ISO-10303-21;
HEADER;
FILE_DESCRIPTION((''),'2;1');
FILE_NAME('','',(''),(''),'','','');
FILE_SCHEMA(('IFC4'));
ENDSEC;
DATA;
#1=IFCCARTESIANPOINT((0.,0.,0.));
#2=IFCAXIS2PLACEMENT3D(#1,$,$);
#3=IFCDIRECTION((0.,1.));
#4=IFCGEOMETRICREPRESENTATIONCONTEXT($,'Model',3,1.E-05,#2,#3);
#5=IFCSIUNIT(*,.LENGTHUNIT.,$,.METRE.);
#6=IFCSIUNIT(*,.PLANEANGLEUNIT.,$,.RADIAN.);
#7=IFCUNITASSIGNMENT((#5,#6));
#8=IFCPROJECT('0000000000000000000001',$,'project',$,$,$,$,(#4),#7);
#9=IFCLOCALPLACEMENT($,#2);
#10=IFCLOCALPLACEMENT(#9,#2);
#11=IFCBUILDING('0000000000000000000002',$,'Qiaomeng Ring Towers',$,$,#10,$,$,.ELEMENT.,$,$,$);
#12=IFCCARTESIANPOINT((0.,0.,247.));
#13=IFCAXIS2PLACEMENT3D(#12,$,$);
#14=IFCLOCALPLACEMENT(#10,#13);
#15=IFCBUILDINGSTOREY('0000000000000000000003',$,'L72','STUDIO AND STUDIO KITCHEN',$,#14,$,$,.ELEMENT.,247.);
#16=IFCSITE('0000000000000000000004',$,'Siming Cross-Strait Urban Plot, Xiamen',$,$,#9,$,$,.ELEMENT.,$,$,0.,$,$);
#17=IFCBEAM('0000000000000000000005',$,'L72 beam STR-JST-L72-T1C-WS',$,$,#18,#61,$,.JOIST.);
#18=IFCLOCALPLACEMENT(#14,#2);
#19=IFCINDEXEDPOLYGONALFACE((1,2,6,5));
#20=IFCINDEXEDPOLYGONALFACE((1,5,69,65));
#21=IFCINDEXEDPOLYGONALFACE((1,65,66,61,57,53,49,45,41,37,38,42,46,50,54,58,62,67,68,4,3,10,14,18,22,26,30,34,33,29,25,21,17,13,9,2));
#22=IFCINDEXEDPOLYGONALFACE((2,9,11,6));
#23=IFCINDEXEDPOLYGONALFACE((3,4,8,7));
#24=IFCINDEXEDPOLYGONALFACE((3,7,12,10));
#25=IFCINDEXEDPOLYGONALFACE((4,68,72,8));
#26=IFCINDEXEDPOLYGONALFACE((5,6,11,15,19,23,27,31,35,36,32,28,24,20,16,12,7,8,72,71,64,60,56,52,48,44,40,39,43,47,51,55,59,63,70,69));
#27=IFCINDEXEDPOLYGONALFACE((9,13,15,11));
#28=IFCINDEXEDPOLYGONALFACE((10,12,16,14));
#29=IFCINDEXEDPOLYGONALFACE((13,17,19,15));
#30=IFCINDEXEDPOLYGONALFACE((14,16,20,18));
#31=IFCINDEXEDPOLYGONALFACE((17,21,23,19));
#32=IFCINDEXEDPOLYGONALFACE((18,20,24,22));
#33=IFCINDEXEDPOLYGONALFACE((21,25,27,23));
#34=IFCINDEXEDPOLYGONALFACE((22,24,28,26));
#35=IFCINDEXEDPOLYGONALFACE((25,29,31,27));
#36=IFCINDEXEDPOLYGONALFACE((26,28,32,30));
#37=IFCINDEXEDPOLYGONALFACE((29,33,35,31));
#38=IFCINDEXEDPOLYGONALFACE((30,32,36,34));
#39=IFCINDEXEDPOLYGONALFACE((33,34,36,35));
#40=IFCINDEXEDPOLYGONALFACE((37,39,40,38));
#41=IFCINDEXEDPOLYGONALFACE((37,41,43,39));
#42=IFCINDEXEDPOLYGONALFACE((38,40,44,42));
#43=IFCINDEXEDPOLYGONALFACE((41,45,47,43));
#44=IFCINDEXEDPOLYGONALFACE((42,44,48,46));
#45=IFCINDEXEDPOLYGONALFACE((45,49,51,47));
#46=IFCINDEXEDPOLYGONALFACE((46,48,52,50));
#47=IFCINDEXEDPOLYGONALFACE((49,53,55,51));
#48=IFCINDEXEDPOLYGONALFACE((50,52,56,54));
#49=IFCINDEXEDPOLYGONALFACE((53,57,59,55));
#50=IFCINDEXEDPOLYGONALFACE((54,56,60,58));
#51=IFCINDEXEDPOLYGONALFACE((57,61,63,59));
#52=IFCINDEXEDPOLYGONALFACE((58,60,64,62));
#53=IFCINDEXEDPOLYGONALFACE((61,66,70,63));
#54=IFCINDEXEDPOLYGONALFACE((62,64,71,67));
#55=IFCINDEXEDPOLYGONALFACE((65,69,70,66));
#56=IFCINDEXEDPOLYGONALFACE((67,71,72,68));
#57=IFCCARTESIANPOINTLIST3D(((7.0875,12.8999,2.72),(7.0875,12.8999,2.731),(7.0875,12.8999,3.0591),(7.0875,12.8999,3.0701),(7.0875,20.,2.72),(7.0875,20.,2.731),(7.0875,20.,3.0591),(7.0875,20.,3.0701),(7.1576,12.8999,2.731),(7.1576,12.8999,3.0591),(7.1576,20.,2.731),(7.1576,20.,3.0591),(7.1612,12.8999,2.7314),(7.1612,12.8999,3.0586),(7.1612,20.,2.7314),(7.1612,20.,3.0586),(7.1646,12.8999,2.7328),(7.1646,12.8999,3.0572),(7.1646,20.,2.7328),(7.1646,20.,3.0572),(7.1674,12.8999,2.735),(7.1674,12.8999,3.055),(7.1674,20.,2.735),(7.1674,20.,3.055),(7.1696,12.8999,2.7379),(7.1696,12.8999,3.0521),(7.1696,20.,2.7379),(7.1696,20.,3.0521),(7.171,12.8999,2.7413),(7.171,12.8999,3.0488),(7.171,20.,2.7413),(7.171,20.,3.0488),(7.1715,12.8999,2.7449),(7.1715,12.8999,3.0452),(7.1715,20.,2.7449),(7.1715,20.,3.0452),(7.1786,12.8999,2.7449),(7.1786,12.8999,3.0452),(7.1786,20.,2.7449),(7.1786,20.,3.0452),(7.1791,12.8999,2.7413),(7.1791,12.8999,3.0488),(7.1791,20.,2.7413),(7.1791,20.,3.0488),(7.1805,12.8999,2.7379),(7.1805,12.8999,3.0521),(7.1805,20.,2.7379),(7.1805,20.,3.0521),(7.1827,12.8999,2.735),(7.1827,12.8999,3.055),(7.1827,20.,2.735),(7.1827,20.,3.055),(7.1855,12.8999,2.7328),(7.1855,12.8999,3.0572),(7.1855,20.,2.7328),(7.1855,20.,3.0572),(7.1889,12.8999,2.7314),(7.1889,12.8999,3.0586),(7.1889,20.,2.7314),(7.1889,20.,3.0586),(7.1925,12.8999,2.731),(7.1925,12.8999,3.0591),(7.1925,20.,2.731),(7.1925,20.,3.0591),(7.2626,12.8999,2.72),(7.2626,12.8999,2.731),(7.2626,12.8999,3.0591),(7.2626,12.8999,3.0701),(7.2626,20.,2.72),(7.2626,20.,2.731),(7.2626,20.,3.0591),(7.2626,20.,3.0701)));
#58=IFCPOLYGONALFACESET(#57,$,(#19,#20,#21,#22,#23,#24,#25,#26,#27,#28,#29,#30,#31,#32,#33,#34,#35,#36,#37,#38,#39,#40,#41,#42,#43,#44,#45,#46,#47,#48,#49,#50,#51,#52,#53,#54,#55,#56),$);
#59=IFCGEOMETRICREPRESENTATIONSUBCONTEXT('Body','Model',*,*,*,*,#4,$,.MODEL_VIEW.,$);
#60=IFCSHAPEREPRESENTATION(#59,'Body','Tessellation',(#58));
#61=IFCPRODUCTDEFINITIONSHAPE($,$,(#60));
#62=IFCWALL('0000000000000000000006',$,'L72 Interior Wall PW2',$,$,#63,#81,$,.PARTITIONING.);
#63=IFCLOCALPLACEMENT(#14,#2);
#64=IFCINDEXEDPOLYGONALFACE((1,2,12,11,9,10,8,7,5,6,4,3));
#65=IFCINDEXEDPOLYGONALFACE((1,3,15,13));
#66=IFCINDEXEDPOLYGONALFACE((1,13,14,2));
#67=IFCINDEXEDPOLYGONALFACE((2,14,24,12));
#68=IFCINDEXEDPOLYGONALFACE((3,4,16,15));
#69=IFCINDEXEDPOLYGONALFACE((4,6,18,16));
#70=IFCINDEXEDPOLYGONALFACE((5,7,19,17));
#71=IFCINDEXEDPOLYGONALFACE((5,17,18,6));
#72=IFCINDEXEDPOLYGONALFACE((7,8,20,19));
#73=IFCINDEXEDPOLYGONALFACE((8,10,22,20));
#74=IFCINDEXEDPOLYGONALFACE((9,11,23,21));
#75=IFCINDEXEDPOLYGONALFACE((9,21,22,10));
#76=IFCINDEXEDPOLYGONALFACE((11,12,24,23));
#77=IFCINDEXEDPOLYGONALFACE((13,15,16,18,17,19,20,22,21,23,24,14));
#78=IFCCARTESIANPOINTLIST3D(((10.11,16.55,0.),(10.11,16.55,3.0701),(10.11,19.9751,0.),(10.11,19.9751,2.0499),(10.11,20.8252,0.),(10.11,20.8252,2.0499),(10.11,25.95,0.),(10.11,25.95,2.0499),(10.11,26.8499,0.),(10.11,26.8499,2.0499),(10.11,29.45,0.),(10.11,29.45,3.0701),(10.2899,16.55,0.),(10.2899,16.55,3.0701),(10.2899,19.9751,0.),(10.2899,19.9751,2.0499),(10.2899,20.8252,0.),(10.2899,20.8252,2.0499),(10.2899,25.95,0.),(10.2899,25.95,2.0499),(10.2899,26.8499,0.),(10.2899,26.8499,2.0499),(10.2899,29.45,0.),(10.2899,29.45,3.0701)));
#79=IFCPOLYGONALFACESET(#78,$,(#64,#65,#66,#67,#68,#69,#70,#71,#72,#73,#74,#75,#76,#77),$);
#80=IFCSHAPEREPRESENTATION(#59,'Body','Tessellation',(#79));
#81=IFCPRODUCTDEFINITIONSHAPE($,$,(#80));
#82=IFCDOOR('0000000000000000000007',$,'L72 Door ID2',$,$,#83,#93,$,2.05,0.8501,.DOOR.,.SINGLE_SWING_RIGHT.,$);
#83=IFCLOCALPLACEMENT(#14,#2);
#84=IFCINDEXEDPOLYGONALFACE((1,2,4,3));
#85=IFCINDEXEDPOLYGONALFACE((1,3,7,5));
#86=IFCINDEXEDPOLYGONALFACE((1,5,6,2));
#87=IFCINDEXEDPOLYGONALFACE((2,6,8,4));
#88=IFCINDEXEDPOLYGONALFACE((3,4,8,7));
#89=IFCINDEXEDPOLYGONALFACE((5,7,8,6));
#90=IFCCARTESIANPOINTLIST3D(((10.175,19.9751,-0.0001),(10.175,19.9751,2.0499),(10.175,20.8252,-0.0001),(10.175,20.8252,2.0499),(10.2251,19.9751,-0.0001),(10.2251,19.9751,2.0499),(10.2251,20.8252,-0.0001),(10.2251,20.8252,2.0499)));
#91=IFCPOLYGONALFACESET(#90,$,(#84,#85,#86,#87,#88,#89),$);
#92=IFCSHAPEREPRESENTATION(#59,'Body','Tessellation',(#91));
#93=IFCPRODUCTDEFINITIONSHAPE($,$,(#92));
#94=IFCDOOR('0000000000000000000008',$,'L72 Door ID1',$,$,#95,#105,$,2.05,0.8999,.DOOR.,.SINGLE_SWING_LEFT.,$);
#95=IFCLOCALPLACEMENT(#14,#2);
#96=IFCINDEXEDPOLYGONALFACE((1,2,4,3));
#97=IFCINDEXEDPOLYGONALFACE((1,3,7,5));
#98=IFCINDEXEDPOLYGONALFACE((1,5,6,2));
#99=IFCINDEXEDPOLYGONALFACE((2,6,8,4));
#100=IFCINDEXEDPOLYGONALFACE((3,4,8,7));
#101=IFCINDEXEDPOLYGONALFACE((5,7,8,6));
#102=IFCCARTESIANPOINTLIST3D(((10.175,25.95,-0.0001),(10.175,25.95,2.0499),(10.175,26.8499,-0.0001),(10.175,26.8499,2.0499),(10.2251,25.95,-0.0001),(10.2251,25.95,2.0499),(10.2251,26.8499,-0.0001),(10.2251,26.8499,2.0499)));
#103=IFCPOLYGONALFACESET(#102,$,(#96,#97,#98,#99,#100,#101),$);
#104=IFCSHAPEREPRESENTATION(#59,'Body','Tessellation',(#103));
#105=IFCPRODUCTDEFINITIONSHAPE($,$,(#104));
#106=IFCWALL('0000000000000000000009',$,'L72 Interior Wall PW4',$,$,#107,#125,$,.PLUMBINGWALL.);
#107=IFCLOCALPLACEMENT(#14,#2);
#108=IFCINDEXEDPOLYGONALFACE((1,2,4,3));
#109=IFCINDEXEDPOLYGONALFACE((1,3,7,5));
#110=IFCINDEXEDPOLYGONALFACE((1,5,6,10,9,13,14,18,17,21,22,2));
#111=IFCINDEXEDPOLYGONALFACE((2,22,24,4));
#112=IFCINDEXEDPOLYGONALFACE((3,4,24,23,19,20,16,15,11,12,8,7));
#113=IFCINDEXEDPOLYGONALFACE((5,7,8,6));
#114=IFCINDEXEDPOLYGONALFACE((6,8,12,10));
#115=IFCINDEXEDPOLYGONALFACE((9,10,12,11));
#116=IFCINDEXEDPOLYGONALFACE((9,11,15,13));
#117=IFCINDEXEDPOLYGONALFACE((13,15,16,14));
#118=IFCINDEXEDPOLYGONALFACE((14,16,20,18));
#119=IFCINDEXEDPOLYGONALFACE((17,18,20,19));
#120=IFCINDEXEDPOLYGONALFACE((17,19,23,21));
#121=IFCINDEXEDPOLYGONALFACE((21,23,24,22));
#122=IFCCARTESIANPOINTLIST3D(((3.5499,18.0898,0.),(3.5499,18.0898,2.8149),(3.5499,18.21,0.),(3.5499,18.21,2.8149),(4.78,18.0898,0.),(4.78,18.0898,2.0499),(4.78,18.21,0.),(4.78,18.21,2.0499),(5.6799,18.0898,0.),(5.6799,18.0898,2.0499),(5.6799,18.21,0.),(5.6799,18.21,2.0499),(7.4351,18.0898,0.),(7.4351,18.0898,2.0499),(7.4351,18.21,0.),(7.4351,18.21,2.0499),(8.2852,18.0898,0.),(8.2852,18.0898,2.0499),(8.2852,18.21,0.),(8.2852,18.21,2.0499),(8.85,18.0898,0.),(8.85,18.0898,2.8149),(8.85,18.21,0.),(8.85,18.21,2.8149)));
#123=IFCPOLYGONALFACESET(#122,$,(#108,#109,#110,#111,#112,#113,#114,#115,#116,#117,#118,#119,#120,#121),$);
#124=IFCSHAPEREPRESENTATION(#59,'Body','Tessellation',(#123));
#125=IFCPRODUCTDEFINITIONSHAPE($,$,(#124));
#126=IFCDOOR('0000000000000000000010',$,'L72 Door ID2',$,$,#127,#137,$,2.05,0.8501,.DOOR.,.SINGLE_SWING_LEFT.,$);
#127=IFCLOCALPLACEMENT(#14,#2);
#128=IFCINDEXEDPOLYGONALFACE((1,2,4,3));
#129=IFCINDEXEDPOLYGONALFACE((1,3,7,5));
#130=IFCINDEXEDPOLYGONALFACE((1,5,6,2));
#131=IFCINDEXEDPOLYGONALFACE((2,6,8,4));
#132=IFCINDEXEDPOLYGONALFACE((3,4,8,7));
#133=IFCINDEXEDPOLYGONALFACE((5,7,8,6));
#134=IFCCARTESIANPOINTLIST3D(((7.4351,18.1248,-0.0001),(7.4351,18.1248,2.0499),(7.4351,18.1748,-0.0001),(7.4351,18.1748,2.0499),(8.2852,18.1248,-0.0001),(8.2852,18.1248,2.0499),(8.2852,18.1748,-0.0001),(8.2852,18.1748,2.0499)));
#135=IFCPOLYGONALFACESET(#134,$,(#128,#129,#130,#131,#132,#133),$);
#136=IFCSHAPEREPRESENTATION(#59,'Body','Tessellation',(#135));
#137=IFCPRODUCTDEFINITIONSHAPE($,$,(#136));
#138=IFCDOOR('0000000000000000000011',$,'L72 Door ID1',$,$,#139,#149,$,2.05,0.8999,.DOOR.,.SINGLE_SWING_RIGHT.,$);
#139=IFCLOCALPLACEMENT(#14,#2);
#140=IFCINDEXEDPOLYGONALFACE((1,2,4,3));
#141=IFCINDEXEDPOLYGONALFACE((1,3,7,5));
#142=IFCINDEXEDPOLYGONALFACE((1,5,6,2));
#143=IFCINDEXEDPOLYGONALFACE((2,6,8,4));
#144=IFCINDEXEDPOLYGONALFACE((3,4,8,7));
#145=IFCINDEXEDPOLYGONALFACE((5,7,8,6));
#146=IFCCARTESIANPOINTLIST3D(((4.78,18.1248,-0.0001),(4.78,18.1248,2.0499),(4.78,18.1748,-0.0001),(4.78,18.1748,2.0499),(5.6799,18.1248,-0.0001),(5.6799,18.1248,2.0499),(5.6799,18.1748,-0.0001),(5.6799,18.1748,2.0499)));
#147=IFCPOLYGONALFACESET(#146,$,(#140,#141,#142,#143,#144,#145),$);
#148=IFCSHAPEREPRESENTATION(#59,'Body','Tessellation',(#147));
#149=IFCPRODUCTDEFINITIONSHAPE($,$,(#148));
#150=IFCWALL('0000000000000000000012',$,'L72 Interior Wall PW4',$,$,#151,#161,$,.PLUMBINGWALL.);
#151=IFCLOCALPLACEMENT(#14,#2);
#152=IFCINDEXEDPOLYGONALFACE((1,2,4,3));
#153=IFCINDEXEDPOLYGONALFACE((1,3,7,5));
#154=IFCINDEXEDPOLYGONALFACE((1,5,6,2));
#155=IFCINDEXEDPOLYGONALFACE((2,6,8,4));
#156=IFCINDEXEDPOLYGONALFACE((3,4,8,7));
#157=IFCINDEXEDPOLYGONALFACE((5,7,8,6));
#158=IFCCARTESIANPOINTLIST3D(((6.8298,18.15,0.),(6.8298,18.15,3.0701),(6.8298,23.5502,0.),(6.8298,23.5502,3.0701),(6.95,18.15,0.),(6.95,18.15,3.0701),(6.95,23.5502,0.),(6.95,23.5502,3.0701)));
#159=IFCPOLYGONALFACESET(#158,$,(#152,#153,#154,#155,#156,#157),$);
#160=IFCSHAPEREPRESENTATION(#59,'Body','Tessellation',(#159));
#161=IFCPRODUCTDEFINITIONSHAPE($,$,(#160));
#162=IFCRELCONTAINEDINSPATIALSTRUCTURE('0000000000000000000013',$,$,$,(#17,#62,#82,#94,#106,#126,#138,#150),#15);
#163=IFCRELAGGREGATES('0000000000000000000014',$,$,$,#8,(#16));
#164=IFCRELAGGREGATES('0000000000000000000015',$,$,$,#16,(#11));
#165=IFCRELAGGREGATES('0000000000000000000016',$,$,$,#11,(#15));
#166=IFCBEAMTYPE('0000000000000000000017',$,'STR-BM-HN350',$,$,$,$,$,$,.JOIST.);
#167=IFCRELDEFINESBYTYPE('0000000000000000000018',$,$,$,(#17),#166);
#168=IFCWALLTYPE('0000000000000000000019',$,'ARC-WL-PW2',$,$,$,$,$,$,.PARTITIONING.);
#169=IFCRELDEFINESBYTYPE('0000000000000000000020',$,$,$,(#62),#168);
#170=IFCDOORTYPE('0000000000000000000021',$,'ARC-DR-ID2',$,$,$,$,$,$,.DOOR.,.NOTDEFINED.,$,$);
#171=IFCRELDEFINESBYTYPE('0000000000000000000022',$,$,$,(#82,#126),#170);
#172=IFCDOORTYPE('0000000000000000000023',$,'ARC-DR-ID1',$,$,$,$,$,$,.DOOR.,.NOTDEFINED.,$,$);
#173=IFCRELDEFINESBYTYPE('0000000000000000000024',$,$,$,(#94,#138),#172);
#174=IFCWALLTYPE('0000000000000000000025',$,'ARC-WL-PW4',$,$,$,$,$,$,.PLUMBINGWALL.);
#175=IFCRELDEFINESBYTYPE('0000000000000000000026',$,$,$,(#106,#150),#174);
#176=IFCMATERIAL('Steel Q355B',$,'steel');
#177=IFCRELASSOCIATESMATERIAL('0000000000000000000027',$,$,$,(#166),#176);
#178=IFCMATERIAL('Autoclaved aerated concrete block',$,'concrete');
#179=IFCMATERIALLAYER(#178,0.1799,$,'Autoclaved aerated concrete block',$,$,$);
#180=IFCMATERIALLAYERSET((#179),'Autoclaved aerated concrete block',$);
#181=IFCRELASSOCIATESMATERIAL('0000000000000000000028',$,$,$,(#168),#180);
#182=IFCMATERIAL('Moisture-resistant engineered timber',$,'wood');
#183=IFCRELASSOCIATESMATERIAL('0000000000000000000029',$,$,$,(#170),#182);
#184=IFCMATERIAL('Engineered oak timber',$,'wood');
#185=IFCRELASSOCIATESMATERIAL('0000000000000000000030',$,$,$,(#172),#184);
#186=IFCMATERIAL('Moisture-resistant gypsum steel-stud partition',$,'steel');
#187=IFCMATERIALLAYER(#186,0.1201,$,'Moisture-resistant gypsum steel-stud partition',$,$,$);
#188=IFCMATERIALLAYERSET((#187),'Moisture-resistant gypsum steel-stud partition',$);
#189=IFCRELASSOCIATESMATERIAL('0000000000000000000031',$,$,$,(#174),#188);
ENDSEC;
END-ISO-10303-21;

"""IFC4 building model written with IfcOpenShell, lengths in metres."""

from ifc_helpers import new_model, si_unit, direction, frame, frame_2d, origin, origin_2d, place, context, subcontext, project, spatial, rectangle, i_section, extrude, source, transform, mapped, material, layer, layer_set, material_profile, profile_set, type_object, element, fill, save


model = new_model("IFC4")

# Units and contexts
model_context = context("Model", 3, precision=1e-05, world=origin(), true_north=direction((0.0, 1.0)))
body_context = subcontext(model_context, "Body", "Model", "MODEL_VIEW")
ifc_project = project(units=[si_unit("LENGTHUNIT", "METRE"), si_unit("PLANEANGLEUNIT", "RADIAN")], contexts=[model_context])

# Site, building, storey
site_placement = place(None, origin())
site = spatial("IfcSite", under=ifc_project, at=site_placement, Name="Siming Cross-Strait Urban Plot, Xiamen", CompositionType="ELEMENT", RefElevation=0.0)
building_placement = place(site_placement, origin())
building = spatial("IfcBuilding", under=site, at=building_placement, Name="Qiaomeng Ring Towers", CompositionType="ELEMENT")
storey_placement = place(building_placement, frame((0.0, 0.0, 247.0)))
storey = spatial("IfcBuildingStorey", under=building, at=storey_placement, Name="L72", Description="STUDIO AND STUDIO KITCHEN", CompositionType="ELEMENT", Elevation=247.0)

# Beam
ifc_material_1 = material(Name="Steel Q355B", Category="steel")
ifc_material_profile_1 = material_profile(ifc_material_1, i_section(OverallWidth=0.175, OverallDepth=0.3501, WebThickness=0.0071, FlangeThickness=0.011, FilletRadius=0.0139, at=origin_2d()), Name="HN 350x175x7x11")
ifc_profile_set_1 = profile_set([ifc_material_profile_1], Name="Steel Q355B")
beam_type_1 = type_object("IfcBeamType", Name="STR-BM-HN350", PredefinedType="JOIST", material=ifc_profile_set_1)
shared_shape_1 = source(origin(), body_context, "Body", "SweptSolid", [
    extrude(i_section(OverallWidth=0.175, OverallDepth=0.3501, WebThickness=0.0071, FlangeThickness=0.011, FilletRadius=0.0139, at=origin_2d()), origin(), (0.0, 0.0, 1.0), 7.1001),
])
beam_1_placement = place(storey_placement, frame((7.175, 12.8999, 2.895), z_axis=(0.0, 1.0, 0.0), x_axis=(-1.0, 0.0, 0.0)))
element("IfcBeam", 1, at=beam_1_placement, inside=storey, type_object=beam_type_1, Name="L72 beam STR-JST-L72-T1C-WS", PredefinedType="JOIST", context=body_context, shape_type="MappedRepresentation", body=[
    mapped(shared_shape_1, transform((0.0, 0.0, 0.0), x_axis=(1.0, 0.0, 0.0), y_axis=(0.0, 1.0, 0.0), z_axis=(0.0, 0.0, 1.0), scale=1.0)),
])

# Walls, openings, doors
ifc_material_2 = material(Name="Autoclaved aerated concrete block", Category="concrete")
ifc_layer_1 = layer(ifc_material_2, 0.1799, Name="Autoclaved aerated concrete block")
ifc_layer_set_1 = layer_set([ifc_layer_1], Name="Autoclaved aerated concrete block")
wall_type_1 = type_object("IfcWallType", Name="ARC-WL-PW2", PredefinedType="PARTITIONING", material=ifc_layer_set_1)
wall_1_placement = place(storey_placement, frame((10.2, 16.55, 0.0), z_axis=(0.0, 0.0, 1.0), x_axis=(0.0, 1.0, 0.0)))
wall_1 = element("IfcWall", 2, at=wall_1_placement, inside=storey, type_object=wall_type_1, Name="L72 Interior Wall PW2", PredefinedType="PARTITIONING", context=body_context, shape_type="SweptSolid", body=[
    extrude(rectangle(XDim=12.8999, YDim=0.1799, at=frame_2d((6.45, 0.0))), origin(), (0.0, 0.0, 1.0), 3.0701),
])
opening_1_placement = place(wall_1_placement, frame((3.425, 0.0, 0.0)))
opening_1 = element("IfcOpeningElement", 3, at=opening_1_placement, cuts=wall_1, PredefinedType="OPENING", context=body_context, shape_type="SweptSolid", body=[
    extrude(rectangle(XDim=0.8501, YDim=2.05, at=frame_2d((0.425, 1.0249))), frame((0.0, 0.0999, 0.0), z_axis=(0.0, -1.0, 0.0), x_axis=(1.0, 0.0, 0.0)), (0.0, 0.0, 1.0), 0.2),
])
opening_2_placement = place(wall_1_placement, frame((9.3999, 0.0, 0.0)))
opening_2 = element("IfcOpeningElement", 4, at=opening_2_placement, cuts=wall_1, PredefinedType="OPENING", context=body_context, shape_type="SweptSolid", body=[
    extrude(rectangle(XDim=0.8999, YDim=2.05, at=frame_2d((0.45, 1.0249))), frame((0.0, 0.0999, 0.0), z_axis=(0.0, -1.0, 0.0), x_axis=(1.0, 0.0, 0.0)), (0.0, 0.0, 1.0), 0.2),
])
ifc_material_3 = material(Name="Moisture-resistant engineered timber", Category="wood")
door_type_1 = type_object("IfcDoorType", Name="ARC-DR-ID2", OperationType="NOTDEFINED", PredefinedType="DOOR", material=ifc_material_3)
shared_shape_2 = source(origin(), body_context, "Body", "SweptSolid", [
    extrude(rectangle(XDim=0.8501, YDim=2.05, at=frame_2d((0.425, 1.0249))), frame((0.0, 0.0249, 0.0), z_axis=(0.0, -1.0, 0.0), x_axis=(1.0, 0.0, 0.0)), (0.0, 0.0, 1.0), 0.05),
])
door_1_placement = place(opening_1_placement, origin())
door_1 = element("IfcDoor", 5, at=door_1_placement, inside=storey, type_object=door_type_1, Name="L72 Door ID2", OperationType="SINGLE_SWING_RIGHT", OverallHeight=2.05, OverallWidth=0.8501, PredefinedType="DOOR", context=body_context, shape_type="MappedRepresentation", body=[
    mapped(shared_shape_2, transform((0.0, 0.0, 0.0), x_axis=(1.0, 0.0, 0.0), y_axis=(0.0, 1.0, 0.0), z_axis=(0.0, 0.0, 1.0), scale=1.0)),
])
fill(opening_1, door_1)
ifc_material_4 = material(Name="Engineered oak timber", Category="wood")
door_type_2 = type_object("IfcDoorType", Name="ARC-DR-ID1", OperationType="NOTDEFINED", PredefinedType="DOOR", material=ifc_material_4)
shared_shape_3 = source(origin(), body_context, "Body", "SweptSolid", [
    extrude(rectangle(XDim=0.8999, YDim=2.05, at=frame_2d((0.45, 1.0249))), frame((0.0, 0.0249, 0.0), z_axis=(0.0, -1.0, 0.0), x_axis=(1.0, 0.0, 0.0)), (0.0, 0.0, 1.0), 0.05),
])
door_2_placement = place(opening_2_placement, origin())
door_2 = element("IfcDoor", 6, at=door_2_placement, inside=storey, type_object=door_type_2, Name="L72 Door ID1", OperationType="SINGLE_SWING_LEFT", OverallHeight=2.05, OverallWidth=0.8999, PredefinedType="DOOR", context=body_context, shape_type="MappedRepresentation", body=[
    mapped(shared_shape_3, transform((0.0, 0.0, 0.0), x_axis=(1.0, 0.0, 0.0), y_axis=(0.0, 1.0, 0.0), z_axis=(0.0, 0.0, 1.0), scale=1.0)),
])
fill(opening_2, door_2)
ifc_material_5 = material(Name="Moisture-resistant gypsum steel-stud partition", Category="steel")
ifc_layer_2 = layer(ifc_material_5, 0.1201, Name="Moisture-resistant gypsum steel-stud partition")
ifc_layer_set_2 = layer_set([ifc_layer_2], Name="Moisture-resistant gypsum steel-stud partition")
wall_type_2 = type_object("IfcWallType", Name="ARC-WL-PW4", PredefinedType="PLUMBINGWALL", material=ifc_layer_set_2)
wall_2_placement = place(storey_placement, frame((3.55, 18.1499, 0.0), z_axis=(0.0, 0.0, 1.0), x_axis=(1.0, 0.0, 0.0)))
wall_2 = element("IfcWall", 7, at=wall_2_placement, inside=storey, type_object=wall_type_2, Name="L72 Interior Wall PW4", PredefinedType="PLUMBINGWALL", context=body_context, shape_type="SweptSolid", body=[
    extrude(rectangle(XDim=5.3, YDim=0.1201, at=frame_2d((2.6499, 0.0))), origin(), (0.0, 0.0, 1.0), 2.8149),
])
opening_3_placement = place(wall_2_placement, frame((1.23, 0.0, 0.0)))
opening_3 = element("IfcOpeningElement", 8, at=opening_3_placement, cuts=wall_2, PredefinedType="OPENING", context=body_context, shape_type="SweptSolid", body=[
    extrude(rectangle(XDim=0.8999, YDim=2.05, at=frame_2d((0.45, 1.0249))), frame((0.0, 0.0701, 0.0), z_axis=(0.0, -1.0, 0.0), x_axis=(1.0, 0.0, 0.0)), (0.0, 0.0, 1.0), 0.1401),
])
opening_4_placement = place(wall_2_placement, frame((3.885, 0.0, 0.0)))
opening_4 = element("IfcOpeningElement", 9, at=opening_4_placement, cuts=wall_2, PredefinedType="OPENING", context=body_context, shape_type="SweptSolid", body=[
    extrude(rectangle(XDim=0.8501, YDim=2.05, at=frame_2d((0.425, 1.0249))), frame((0.0, 0.0701, 0.0), z_axis=(0.0, -1.0, 0.0), x_axis=(1.0, 0.0, 0.0)), (0.0, 0.0, 1.0), 0.1401),
])
door_3_placement = place(opening_4_placement, origin())
door_3 = element("IfcDoor", 10, at=door_3_placement, inside=storey, type_object=door_type_1, Name="L72 Door ID2", OperationType="SINGLE_SWING_LEFT", OverallHeight=2.05, OverallWidth=0.8501, PredefinedType="DOOR", context=body_context, shape_type="MappedRepresentation", body=[
    mapped(shared_shape_2, transform((0.0, 0.0, 0.0), x_axis=(1.0, 0.0, 0.0), y_axis=(0.0, 1.0, 0.0), z_axis=(0.0, 0.0, 1.0), scale=1.0)),
])
fill(opening_4, door_3)
door_4_placement = place(opening_3_placement, origin())
door_4 = element("IfcDoor", 11, at=door_4_placement, inside=storey, type_object=door_type_2, Name="L72 Door ID1", OperationType="SINGLE_SWING_RIGHT", OverallHeight=2.05, OverallWidth=0.8999, PredefinedType="DOOR", context=body_context, shape_type="MappedRepresentation", body=[
    mapped(shared_shape_3, transform((0.0, 0.0, 0.0), x_axis=(1.0, 0.0, 0.0), y_axis=(0.0, 1.0, 0.0), z_axis=(0.0, 0.0, 1.0), scale=1.0)),
])
fill(opening_3, door_4)

# Wall
wall_3_placement = place(storey_placement, frame((6.8899, 18.1499, 0.0), z_axis=(0.0, 0.0, 1.0), x_axis=(0.0, 1.0, 0.0)))
element("IfcWall", 12, at=wall_3_placement, inside=storey, type_object=wall_type_2, Name="L72 Interior Wall PW4", PredefinedType="PLUMBINGWALL", context=body_context, shape_type="SweptSolid", body=[
    extrude(rectangle(XDim=5.4001, YDim=0.1201, at=frame_2d((2.7002, 0.0))), origin(), (0.0, 0.0, 1.0), 3.0701),
])

save(model, "model.ifc")
